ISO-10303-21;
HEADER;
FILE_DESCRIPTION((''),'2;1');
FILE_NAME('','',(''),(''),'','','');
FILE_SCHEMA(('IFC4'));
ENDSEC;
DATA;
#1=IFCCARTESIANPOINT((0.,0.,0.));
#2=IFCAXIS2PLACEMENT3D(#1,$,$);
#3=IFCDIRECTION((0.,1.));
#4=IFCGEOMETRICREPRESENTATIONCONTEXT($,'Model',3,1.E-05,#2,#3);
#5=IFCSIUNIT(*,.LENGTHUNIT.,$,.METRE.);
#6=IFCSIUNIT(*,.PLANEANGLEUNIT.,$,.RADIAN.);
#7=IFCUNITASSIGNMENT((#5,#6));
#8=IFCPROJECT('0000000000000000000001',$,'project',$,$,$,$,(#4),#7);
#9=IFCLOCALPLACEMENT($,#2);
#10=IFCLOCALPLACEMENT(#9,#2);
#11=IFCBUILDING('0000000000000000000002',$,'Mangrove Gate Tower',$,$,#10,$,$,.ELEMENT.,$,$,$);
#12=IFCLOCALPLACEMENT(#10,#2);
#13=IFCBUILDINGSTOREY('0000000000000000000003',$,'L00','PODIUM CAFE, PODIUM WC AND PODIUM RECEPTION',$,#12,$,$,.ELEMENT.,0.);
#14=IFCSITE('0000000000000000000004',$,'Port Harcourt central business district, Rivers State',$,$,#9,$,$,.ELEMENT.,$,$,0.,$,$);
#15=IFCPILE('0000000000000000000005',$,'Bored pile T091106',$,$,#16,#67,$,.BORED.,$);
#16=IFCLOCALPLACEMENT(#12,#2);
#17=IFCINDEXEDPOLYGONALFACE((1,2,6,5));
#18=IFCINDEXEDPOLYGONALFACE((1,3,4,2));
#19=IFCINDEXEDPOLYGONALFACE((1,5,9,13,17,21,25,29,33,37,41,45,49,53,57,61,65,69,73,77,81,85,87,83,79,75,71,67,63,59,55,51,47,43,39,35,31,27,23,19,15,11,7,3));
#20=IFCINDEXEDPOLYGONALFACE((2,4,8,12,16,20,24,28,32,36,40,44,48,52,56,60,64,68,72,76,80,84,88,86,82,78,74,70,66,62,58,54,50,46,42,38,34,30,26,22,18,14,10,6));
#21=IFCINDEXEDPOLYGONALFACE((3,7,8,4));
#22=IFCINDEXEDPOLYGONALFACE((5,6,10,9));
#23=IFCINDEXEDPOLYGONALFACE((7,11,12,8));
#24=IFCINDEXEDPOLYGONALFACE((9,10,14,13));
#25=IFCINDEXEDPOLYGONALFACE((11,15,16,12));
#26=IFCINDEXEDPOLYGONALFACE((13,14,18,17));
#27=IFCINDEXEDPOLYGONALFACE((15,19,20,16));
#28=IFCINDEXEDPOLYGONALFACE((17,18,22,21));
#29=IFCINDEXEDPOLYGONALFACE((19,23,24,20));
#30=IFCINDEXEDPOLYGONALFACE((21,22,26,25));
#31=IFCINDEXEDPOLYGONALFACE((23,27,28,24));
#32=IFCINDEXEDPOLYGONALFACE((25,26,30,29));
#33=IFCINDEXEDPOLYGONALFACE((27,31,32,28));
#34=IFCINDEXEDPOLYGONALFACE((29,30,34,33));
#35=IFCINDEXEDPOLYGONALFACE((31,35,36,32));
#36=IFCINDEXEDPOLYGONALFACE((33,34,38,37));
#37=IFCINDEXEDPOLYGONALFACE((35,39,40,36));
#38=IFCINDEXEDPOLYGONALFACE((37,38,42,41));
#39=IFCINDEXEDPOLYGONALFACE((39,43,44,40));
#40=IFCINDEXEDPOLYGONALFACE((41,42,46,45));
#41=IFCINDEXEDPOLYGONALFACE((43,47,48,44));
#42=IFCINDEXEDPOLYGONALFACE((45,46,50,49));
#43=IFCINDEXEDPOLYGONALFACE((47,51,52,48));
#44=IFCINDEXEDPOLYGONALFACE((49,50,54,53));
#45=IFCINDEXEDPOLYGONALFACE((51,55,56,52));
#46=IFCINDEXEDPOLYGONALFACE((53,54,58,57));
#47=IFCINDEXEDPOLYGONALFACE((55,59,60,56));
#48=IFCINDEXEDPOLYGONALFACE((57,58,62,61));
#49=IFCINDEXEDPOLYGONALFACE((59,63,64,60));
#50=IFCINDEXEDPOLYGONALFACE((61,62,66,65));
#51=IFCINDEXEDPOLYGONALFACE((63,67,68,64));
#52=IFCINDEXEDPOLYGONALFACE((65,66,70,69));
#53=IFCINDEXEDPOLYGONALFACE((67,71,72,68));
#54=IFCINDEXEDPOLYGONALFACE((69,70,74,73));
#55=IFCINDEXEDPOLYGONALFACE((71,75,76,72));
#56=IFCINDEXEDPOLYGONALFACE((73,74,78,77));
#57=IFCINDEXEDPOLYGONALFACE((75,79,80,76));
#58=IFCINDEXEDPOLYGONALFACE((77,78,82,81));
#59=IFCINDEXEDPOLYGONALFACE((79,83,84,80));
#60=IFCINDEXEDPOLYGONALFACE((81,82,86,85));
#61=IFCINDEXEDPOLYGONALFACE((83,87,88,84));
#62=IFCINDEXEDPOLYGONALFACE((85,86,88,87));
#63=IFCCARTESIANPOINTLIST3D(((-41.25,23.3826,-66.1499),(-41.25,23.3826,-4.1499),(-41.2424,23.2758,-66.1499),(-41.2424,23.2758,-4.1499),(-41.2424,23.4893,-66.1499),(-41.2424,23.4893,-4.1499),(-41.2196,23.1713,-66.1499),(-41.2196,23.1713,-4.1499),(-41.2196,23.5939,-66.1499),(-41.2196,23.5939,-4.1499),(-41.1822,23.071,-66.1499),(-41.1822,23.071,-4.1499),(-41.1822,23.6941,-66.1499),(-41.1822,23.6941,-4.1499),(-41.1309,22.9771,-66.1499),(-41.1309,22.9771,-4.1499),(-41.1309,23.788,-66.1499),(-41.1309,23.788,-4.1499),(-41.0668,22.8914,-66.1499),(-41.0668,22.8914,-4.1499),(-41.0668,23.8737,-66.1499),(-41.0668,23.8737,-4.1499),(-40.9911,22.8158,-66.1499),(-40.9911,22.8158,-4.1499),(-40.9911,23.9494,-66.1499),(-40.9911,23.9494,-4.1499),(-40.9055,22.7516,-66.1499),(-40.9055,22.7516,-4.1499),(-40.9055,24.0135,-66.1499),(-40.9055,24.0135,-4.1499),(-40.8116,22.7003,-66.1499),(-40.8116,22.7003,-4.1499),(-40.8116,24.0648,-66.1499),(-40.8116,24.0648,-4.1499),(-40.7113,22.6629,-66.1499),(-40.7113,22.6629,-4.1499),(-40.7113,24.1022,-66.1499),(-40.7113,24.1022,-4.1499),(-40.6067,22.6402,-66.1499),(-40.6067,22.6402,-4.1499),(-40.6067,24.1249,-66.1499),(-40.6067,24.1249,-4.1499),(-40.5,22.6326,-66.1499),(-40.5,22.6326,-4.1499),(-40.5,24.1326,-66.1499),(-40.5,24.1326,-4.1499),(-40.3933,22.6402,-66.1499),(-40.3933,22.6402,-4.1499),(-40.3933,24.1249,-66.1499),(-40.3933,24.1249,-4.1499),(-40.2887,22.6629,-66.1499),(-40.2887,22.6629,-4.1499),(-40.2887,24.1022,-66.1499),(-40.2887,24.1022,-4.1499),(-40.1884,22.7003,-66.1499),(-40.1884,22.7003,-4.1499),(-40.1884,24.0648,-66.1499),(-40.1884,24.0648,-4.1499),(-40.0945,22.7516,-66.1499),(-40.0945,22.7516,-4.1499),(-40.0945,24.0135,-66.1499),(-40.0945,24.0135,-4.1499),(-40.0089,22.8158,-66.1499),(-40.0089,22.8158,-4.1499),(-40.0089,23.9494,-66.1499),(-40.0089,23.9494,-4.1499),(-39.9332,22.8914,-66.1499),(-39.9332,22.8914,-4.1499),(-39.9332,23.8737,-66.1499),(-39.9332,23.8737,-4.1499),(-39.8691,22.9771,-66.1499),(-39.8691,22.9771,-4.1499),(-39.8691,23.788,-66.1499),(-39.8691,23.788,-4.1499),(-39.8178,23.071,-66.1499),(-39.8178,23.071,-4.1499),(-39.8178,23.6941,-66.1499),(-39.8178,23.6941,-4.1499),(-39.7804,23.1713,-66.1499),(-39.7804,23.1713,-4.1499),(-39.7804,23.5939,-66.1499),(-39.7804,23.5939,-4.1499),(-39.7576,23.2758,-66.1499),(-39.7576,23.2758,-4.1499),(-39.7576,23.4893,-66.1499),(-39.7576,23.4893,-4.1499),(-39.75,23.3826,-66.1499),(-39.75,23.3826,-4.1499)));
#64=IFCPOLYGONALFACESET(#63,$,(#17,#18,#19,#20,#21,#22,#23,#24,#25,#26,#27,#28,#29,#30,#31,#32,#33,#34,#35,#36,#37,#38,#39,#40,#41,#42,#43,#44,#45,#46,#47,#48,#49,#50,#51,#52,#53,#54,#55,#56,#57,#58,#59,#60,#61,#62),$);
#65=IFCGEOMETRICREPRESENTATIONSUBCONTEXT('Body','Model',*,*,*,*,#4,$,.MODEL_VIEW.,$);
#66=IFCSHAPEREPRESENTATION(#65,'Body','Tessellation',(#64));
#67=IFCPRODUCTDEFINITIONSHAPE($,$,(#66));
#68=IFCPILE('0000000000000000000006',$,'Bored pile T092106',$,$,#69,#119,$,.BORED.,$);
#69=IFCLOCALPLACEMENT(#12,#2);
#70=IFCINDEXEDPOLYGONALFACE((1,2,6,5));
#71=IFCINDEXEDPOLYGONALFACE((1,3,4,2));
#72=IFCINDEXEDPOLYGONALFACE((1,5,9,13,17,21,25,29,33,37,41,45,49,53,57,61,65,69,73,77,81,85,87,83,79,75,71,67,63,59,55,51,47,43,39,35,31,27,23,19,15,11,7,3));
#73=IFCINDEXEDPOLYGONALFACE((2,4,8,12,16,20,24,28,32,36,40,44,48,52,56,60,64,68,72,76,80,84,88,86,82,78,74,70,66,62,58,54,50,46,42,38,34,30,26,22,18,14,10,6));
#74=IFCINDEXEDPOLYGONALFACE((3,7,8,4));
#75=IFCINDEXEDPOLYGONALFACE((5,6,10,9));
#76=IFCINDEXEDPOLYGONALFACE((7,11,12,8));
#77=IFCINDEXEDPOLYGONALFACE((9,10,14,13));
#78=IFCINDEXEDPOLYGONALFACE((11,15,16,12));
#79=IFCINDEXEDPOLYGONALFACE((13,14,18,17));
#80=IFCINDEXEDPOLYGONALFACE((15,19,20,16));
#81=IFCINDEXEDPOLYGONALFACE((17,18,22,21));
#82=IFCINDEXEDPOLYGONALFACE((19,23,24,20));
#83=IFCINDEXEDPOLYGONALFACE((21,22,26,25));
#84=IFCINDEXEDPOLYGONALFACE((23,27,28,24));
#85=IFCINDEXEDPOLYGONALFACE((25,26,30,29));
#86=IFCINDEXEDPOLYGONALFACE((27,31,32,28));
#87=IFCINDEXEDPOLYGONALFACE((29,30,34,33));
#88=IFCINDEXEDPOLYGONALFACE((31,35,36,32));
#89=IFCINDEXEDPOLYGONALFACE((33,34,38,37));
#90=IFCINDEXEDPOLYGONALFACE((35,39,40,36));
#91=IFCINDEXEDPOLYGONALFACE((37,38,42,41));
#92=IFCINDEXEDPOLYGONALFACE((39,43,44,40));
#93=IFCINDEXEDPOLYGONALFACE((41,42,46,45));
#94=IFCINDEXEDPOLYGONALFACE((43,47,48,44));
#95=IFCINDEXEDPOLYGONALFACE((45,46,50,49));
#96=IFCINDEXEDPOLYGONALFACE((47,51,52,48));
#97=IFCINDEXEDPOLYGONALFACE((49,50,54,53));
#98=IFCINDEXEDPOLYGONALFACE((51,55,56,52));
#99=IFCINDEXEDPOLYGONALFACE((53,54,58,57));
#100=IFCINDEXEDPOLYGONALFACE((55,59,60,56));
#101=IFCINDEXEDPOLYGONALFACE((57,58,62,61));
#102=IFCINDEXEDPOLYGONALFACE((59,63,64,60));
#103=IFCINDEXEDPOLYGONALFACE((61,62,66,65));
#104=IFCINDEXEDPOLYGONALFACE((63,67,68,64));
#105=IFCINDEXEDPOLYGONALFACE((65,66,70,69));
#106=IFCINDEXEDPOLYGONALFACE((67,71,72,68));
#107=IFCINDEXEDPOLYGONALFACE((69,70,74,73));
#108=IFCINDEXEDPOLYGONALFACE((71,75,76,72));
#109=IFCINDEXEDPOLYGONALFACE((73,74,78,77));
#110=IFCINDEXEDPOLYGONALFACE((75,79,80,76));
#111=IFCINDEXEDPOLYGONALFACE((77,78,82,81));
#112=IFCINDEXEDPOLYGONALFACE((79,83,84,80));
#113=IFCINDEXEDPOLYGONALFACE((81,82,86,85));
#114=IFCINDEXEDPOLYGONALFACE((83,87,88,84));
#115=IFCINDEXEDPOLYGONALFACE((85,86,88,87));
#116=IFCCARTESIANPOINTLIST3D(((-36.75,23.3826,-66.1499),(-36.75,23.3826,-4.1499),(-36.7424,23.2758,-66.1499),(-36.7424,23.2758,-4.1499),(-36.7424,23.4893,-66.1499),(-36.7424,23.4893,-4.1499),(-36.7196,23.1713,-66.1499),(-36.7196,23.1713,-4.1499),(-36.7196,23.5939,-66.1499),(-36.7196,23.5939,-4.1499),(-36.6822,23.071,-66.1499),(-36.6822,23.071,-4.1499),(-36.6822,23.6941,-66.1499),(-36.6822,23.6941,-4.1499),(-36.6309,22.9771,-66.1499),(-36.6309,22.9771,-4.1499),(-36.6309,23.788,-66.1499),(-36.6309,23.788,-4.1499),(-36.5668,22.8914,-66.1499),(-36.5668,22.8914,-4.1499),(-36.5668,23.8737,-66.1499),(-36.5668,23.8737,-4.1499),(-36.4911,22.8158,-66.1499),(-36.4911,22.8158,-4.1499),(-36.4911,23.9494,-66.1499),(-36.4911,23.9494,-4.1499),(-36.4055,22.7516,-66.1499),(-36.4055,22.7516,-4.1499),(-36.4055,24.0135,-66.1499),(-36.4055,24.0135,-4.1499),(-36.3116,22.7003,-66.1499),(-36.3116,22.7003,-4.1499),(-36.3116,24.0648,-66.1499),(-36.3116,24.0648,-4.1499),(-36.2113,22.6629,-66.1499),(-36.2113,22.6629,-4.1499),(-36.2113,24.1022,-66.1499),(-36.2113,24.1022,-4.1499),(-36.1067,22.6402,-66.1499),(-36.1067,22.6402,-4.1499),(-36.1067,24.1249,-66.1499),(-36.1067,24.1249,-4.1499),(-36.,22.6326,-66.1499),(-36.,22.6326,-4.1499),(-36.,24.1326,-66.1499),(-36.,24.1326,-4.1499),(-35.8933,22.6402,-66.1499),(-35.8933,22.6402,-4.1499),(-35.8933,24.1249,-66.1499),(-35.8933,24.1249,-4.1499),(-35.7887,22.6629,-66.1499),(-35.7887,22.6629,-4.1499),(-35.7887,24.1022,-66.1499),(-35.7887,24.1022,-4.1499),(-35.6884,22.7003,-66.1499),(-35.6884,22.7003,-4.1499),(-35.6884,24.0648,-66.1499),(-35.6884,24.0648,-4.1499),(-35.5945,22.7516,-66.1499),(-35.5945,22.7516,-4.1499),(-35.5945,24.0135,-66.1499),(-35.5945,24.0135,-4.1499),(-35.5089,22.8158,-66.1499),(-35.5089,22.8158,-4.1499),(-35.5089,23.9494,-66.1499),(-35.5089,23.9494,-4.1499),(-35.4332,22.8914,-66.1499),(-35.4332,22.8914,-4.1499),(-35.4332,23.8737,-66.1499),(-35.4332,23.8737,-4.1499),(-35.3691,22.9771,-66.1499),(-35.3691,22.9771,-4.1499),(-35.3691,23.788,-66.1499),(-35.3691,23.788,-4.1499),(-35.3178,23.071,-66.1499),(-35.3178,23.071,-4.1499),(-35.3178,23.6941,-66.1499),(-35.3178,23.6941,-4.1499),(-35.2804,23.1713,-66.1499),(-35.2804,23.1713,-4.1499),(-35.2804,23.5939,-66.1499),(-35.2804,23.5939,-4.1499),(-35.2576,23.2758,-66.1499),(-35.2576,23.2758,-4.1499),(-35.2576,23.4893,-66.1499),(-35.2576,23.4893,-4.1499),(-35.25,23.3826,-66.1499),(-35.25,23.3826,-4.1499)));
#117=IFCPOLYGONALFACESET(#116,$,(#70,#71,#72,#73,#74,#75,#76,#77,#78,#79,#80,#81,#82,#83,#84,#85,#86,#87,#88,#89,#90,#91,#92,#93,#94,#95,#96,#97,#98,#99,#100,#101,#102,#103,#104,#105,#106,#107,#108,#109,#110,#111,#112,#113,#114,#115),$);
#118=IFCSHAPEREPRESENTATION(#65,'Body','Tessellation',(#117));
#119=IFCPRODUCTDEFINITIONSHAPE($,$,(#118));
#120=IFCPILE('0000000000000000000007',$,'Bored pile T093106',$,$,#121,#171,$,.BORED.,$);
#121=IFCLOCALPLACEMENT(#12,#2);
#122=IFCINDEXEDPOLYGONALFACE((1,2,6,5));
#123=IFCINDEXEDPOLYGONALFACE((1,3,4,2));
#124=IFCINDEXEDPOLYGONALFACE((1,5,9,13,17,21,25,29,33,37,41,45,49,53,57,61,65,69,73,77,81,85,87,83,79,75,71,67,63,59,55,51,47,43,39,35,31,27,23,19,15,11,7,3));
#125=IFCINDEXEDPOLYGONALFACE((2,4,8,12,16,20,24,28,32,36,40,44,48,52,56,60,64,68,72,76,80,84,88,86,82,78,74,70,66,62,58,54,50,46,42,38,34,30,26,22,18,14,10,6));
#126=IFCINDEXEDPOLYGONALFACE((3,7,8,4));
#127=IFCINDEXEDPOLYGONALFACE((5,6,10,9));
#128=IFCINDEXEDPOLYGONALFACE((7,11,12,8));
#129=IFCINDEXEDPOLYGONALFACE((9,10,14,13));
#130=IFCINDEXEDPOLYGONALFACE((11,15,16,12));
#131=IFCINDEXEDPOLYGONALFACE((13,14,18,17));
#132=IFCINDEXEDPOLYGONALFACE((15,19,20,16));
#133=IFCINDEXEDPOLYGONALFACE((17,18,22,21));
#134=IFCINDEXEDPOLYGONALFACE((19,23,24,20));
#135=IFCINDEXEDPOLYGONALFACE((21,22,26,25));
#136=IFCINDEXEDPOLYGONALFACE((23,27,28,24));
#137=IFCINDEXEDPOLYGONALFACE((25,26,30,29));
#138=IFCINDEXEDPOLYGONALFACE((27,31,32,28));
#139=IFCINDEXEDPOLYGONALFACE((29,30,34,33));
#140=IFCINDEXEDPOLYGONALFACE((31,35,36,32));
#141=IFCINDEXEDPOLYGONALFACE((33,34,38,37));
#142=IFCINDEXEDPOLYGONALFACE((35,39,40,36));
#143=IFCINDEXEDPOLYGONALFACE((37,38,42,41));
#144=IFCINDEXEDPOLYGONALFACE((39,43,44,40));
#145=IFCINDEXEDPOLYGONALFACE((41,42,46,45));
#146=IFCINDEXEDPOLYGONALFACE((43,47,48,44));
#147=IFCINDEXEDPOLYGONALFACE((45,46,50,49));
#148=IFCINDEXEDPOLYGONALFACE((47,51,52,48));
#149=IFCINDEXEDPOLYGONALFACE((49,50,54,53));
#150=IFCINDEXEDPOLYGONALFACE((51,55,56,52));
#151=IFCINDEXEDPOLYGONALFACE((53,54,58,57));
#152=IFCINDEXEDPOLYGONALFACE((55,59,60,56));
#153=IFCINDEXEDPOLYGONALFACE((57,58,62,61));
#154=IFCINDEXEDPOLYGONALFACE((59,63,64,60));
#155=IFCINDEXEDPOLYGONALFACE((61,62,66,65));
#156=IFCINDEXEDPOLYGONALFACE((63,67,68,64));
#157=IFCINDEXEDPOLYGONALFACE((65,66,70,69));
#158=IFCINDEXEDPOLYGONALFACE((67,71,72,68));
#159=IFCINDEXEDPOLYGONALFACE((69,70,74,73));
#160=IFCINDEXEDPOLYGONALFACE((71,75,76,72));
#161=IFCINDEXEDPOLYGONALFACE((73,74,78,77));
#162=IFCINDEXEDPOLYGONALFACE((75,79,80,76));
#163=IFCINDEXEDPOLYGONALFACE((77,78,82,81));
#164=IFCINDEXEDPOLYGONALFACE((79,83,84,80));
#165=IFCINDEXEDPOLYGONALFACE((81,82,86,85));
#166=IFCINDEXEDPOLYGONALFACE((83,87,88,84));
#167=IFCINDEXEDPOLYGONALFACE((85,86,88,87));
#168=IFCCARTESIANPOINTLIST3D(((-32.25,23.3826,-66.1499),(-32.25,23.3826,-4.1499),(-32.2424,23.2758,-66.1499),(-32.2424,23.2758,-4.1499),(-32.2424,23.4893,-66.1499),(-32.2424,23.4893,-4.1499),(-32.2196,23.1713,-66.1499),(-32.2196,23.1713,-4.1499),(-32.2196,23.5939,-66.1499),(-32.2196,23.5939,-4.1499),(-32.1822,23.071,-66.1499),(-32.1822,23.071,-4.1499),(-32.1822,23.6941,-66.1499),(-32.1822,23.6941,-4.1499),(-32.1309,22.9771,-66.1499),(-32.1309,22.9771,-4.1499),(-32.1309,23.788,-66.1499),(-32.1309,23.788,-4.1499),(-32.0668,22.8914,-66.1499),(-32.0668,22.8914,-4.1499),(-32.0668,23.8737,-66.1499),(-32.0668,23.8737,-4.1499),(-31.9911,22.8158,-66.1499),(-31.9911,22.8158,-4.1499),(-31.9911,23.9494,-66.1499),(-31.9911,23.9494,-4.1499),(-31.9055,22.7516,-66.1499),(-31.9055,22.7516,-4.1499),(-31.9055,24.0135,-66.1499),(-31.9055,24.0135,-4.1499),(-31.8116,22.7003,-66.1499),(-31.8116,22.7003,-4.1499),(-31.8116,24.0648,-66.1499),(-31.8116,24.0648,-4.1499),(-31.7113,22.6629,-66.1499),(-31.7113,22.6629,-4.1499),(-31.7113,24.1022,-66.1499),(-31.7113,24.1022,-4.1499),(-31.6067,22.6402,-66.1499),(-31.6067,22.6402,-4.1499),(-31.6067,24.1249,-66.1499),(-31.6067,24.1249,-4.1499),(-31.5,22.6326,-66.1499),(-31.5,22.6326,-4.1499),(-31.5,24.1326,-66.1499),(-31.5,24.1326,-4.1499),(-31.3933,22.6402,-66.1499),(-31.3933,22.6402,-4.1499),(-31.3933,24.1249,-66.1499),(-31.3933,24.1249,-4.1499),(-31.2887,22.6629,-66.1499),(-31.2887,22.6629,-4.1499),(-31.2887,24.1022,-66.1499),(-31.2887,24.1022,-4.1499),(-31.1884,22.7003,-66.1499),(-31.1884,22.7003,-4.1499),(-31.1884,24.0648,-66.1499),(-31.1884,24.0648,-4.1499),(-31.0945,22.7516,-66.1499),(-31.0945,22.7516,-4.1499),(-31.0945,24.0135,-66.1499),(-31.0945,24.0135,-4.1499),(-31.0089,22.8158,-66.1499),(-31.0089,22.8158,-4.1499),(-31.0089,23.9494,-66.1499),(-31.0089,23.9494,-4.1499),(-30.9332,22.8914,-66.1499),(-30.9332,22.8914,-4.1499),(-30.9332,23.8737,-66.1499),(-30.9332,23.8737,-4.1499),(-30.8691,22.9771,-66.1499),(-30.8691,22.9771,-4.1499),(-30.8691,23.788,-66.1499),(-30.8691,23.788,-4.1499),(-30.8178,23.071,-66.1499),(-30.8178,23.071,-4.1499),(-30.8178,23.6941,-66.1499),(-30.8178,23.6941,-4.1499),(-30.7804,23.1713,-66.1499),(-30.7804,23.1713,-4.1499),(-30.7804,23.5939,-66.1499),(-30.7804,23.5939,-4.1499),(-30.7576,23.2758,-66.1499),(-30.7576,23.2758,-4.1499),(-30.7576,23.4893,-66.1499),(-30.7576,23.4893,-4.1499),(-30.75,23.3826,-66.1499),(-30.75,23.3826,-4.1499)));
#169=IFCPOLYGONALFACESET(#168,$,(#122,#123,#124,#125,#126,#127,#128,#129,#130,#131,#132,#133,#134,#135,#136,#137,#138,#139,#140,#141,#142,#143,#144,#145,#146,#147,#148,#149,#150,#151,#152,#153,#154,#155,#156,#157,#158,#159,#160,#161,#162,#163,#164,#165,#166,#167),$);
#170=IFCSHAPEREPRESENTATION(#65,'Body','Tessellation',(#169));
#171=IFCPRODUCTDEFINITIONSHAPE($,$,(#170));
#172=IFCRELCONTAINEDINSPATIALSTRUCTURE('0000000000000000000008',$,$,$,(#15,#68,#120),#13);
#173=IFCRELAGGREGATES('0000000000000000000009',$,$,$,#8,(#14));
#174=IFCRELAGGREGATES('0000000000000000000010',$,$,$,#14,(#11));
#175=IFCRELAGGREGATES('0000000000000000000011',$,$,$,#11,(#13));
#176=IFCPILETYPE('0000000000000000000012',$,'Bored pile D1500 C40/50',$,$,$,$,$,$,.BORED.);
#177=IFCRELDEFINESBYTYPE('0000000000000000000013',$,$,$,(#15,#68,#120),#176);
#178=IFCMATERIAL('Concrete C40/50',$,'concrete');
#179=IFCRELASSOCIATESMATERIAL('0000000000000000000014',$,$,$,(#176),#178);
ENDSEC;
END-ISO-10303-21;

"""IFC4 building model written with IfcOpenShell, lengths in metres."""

from ifc_helpers import new_model, si_unit, direction, frame, origin, origin_2d, place, context, subcontext, project, spatial, circle, extrude, material, material_profile, profile_set, type_object, element, save


model = new_model("IFC4")

# Units and contexts
model_context = context("Model", 3, precision=1e-05, world=origin(), true_north=direction((0.0, 1.0)))
body_context = subcontext(model_context, "Body", "Model", "MODEL_VIEW")
ifc_project = project(units=[si_unit("LENGTHUNIT", "METRE"), si_unit("PLANEANGLEUNIT", "RADIAN")], contexts=[model_context])

# Site, building, storey
site_placement = place(None, origin())
site = spatial("IfcSite", under=ifc_project, at=site_placement, Name="Port Harcourt central business district, Rivers State", CompositionType="ELEMENT", RefElevation=0.0)
building_placement = place(site_placement, origin())
building = spatial("IfcBuilding", under=site, at=building_placement, Name="Mangrove Gate Tower", CompositionType="ELEMENT")
storey_placement = place(building_placement, origin())
storey = spatial("IfcBuildingStorey", under=building, at=storey_placement, Name="L00", Description="PODIUM CAFE, PODIUM WC AND PODIUM RECEPTION", CompositionType="ELEMENT", Elevation=0.0)

# Piles
ifc_material_1 = material(Name="Concrete C40/50", Category="concrete")
ifc_material_profile_1 = material_profile(ifc_material_1, circle(Radius=0.75, at=origin_2d()))
ifc_profile_set_1 = profile_set([ifc_material_profile_1], Name="Concrete C40/50")
pile_type = type_object("IfcPileType", Name="Bored pile D1500 C40/50", PredefinedType="BORED", material=ifc_profile_set_1)
for number, where, z_axis, x_axis, name in (
    (1, (-40.5, 23.3826, -4.1499), (0.0, 0.0, -1.0), (1.0, 0.0, 0.0), "Bored pile T091106"),
    (2, (-36.0, 23.3826, -4.1499), (0.0, 0.0, -1.0), (1.0, 0.0, 0.0), "Bored pile T092106"),
    (3, (-31.5, 23.3826, -4.1499), (0.0, 0.0, -1.0), (1.0, 0.0, 0.0), "Bored pile T093106"),
):
    element("IfcPile", number, at=place(storey_placement, frame(where, z_axis=z_axis, x_axis=x_axis)), inside=storey, type_object=pile_type, Name=name, PredefinedType="BORED", context=body_context, shape_type="SweptSolid", body=[
        extrude(circle(Radius=0.75, at=origin_2d()), origin(), (0.0, 0.0, 1.0), 62.0),
    ])

save(model, "model.ifc")
